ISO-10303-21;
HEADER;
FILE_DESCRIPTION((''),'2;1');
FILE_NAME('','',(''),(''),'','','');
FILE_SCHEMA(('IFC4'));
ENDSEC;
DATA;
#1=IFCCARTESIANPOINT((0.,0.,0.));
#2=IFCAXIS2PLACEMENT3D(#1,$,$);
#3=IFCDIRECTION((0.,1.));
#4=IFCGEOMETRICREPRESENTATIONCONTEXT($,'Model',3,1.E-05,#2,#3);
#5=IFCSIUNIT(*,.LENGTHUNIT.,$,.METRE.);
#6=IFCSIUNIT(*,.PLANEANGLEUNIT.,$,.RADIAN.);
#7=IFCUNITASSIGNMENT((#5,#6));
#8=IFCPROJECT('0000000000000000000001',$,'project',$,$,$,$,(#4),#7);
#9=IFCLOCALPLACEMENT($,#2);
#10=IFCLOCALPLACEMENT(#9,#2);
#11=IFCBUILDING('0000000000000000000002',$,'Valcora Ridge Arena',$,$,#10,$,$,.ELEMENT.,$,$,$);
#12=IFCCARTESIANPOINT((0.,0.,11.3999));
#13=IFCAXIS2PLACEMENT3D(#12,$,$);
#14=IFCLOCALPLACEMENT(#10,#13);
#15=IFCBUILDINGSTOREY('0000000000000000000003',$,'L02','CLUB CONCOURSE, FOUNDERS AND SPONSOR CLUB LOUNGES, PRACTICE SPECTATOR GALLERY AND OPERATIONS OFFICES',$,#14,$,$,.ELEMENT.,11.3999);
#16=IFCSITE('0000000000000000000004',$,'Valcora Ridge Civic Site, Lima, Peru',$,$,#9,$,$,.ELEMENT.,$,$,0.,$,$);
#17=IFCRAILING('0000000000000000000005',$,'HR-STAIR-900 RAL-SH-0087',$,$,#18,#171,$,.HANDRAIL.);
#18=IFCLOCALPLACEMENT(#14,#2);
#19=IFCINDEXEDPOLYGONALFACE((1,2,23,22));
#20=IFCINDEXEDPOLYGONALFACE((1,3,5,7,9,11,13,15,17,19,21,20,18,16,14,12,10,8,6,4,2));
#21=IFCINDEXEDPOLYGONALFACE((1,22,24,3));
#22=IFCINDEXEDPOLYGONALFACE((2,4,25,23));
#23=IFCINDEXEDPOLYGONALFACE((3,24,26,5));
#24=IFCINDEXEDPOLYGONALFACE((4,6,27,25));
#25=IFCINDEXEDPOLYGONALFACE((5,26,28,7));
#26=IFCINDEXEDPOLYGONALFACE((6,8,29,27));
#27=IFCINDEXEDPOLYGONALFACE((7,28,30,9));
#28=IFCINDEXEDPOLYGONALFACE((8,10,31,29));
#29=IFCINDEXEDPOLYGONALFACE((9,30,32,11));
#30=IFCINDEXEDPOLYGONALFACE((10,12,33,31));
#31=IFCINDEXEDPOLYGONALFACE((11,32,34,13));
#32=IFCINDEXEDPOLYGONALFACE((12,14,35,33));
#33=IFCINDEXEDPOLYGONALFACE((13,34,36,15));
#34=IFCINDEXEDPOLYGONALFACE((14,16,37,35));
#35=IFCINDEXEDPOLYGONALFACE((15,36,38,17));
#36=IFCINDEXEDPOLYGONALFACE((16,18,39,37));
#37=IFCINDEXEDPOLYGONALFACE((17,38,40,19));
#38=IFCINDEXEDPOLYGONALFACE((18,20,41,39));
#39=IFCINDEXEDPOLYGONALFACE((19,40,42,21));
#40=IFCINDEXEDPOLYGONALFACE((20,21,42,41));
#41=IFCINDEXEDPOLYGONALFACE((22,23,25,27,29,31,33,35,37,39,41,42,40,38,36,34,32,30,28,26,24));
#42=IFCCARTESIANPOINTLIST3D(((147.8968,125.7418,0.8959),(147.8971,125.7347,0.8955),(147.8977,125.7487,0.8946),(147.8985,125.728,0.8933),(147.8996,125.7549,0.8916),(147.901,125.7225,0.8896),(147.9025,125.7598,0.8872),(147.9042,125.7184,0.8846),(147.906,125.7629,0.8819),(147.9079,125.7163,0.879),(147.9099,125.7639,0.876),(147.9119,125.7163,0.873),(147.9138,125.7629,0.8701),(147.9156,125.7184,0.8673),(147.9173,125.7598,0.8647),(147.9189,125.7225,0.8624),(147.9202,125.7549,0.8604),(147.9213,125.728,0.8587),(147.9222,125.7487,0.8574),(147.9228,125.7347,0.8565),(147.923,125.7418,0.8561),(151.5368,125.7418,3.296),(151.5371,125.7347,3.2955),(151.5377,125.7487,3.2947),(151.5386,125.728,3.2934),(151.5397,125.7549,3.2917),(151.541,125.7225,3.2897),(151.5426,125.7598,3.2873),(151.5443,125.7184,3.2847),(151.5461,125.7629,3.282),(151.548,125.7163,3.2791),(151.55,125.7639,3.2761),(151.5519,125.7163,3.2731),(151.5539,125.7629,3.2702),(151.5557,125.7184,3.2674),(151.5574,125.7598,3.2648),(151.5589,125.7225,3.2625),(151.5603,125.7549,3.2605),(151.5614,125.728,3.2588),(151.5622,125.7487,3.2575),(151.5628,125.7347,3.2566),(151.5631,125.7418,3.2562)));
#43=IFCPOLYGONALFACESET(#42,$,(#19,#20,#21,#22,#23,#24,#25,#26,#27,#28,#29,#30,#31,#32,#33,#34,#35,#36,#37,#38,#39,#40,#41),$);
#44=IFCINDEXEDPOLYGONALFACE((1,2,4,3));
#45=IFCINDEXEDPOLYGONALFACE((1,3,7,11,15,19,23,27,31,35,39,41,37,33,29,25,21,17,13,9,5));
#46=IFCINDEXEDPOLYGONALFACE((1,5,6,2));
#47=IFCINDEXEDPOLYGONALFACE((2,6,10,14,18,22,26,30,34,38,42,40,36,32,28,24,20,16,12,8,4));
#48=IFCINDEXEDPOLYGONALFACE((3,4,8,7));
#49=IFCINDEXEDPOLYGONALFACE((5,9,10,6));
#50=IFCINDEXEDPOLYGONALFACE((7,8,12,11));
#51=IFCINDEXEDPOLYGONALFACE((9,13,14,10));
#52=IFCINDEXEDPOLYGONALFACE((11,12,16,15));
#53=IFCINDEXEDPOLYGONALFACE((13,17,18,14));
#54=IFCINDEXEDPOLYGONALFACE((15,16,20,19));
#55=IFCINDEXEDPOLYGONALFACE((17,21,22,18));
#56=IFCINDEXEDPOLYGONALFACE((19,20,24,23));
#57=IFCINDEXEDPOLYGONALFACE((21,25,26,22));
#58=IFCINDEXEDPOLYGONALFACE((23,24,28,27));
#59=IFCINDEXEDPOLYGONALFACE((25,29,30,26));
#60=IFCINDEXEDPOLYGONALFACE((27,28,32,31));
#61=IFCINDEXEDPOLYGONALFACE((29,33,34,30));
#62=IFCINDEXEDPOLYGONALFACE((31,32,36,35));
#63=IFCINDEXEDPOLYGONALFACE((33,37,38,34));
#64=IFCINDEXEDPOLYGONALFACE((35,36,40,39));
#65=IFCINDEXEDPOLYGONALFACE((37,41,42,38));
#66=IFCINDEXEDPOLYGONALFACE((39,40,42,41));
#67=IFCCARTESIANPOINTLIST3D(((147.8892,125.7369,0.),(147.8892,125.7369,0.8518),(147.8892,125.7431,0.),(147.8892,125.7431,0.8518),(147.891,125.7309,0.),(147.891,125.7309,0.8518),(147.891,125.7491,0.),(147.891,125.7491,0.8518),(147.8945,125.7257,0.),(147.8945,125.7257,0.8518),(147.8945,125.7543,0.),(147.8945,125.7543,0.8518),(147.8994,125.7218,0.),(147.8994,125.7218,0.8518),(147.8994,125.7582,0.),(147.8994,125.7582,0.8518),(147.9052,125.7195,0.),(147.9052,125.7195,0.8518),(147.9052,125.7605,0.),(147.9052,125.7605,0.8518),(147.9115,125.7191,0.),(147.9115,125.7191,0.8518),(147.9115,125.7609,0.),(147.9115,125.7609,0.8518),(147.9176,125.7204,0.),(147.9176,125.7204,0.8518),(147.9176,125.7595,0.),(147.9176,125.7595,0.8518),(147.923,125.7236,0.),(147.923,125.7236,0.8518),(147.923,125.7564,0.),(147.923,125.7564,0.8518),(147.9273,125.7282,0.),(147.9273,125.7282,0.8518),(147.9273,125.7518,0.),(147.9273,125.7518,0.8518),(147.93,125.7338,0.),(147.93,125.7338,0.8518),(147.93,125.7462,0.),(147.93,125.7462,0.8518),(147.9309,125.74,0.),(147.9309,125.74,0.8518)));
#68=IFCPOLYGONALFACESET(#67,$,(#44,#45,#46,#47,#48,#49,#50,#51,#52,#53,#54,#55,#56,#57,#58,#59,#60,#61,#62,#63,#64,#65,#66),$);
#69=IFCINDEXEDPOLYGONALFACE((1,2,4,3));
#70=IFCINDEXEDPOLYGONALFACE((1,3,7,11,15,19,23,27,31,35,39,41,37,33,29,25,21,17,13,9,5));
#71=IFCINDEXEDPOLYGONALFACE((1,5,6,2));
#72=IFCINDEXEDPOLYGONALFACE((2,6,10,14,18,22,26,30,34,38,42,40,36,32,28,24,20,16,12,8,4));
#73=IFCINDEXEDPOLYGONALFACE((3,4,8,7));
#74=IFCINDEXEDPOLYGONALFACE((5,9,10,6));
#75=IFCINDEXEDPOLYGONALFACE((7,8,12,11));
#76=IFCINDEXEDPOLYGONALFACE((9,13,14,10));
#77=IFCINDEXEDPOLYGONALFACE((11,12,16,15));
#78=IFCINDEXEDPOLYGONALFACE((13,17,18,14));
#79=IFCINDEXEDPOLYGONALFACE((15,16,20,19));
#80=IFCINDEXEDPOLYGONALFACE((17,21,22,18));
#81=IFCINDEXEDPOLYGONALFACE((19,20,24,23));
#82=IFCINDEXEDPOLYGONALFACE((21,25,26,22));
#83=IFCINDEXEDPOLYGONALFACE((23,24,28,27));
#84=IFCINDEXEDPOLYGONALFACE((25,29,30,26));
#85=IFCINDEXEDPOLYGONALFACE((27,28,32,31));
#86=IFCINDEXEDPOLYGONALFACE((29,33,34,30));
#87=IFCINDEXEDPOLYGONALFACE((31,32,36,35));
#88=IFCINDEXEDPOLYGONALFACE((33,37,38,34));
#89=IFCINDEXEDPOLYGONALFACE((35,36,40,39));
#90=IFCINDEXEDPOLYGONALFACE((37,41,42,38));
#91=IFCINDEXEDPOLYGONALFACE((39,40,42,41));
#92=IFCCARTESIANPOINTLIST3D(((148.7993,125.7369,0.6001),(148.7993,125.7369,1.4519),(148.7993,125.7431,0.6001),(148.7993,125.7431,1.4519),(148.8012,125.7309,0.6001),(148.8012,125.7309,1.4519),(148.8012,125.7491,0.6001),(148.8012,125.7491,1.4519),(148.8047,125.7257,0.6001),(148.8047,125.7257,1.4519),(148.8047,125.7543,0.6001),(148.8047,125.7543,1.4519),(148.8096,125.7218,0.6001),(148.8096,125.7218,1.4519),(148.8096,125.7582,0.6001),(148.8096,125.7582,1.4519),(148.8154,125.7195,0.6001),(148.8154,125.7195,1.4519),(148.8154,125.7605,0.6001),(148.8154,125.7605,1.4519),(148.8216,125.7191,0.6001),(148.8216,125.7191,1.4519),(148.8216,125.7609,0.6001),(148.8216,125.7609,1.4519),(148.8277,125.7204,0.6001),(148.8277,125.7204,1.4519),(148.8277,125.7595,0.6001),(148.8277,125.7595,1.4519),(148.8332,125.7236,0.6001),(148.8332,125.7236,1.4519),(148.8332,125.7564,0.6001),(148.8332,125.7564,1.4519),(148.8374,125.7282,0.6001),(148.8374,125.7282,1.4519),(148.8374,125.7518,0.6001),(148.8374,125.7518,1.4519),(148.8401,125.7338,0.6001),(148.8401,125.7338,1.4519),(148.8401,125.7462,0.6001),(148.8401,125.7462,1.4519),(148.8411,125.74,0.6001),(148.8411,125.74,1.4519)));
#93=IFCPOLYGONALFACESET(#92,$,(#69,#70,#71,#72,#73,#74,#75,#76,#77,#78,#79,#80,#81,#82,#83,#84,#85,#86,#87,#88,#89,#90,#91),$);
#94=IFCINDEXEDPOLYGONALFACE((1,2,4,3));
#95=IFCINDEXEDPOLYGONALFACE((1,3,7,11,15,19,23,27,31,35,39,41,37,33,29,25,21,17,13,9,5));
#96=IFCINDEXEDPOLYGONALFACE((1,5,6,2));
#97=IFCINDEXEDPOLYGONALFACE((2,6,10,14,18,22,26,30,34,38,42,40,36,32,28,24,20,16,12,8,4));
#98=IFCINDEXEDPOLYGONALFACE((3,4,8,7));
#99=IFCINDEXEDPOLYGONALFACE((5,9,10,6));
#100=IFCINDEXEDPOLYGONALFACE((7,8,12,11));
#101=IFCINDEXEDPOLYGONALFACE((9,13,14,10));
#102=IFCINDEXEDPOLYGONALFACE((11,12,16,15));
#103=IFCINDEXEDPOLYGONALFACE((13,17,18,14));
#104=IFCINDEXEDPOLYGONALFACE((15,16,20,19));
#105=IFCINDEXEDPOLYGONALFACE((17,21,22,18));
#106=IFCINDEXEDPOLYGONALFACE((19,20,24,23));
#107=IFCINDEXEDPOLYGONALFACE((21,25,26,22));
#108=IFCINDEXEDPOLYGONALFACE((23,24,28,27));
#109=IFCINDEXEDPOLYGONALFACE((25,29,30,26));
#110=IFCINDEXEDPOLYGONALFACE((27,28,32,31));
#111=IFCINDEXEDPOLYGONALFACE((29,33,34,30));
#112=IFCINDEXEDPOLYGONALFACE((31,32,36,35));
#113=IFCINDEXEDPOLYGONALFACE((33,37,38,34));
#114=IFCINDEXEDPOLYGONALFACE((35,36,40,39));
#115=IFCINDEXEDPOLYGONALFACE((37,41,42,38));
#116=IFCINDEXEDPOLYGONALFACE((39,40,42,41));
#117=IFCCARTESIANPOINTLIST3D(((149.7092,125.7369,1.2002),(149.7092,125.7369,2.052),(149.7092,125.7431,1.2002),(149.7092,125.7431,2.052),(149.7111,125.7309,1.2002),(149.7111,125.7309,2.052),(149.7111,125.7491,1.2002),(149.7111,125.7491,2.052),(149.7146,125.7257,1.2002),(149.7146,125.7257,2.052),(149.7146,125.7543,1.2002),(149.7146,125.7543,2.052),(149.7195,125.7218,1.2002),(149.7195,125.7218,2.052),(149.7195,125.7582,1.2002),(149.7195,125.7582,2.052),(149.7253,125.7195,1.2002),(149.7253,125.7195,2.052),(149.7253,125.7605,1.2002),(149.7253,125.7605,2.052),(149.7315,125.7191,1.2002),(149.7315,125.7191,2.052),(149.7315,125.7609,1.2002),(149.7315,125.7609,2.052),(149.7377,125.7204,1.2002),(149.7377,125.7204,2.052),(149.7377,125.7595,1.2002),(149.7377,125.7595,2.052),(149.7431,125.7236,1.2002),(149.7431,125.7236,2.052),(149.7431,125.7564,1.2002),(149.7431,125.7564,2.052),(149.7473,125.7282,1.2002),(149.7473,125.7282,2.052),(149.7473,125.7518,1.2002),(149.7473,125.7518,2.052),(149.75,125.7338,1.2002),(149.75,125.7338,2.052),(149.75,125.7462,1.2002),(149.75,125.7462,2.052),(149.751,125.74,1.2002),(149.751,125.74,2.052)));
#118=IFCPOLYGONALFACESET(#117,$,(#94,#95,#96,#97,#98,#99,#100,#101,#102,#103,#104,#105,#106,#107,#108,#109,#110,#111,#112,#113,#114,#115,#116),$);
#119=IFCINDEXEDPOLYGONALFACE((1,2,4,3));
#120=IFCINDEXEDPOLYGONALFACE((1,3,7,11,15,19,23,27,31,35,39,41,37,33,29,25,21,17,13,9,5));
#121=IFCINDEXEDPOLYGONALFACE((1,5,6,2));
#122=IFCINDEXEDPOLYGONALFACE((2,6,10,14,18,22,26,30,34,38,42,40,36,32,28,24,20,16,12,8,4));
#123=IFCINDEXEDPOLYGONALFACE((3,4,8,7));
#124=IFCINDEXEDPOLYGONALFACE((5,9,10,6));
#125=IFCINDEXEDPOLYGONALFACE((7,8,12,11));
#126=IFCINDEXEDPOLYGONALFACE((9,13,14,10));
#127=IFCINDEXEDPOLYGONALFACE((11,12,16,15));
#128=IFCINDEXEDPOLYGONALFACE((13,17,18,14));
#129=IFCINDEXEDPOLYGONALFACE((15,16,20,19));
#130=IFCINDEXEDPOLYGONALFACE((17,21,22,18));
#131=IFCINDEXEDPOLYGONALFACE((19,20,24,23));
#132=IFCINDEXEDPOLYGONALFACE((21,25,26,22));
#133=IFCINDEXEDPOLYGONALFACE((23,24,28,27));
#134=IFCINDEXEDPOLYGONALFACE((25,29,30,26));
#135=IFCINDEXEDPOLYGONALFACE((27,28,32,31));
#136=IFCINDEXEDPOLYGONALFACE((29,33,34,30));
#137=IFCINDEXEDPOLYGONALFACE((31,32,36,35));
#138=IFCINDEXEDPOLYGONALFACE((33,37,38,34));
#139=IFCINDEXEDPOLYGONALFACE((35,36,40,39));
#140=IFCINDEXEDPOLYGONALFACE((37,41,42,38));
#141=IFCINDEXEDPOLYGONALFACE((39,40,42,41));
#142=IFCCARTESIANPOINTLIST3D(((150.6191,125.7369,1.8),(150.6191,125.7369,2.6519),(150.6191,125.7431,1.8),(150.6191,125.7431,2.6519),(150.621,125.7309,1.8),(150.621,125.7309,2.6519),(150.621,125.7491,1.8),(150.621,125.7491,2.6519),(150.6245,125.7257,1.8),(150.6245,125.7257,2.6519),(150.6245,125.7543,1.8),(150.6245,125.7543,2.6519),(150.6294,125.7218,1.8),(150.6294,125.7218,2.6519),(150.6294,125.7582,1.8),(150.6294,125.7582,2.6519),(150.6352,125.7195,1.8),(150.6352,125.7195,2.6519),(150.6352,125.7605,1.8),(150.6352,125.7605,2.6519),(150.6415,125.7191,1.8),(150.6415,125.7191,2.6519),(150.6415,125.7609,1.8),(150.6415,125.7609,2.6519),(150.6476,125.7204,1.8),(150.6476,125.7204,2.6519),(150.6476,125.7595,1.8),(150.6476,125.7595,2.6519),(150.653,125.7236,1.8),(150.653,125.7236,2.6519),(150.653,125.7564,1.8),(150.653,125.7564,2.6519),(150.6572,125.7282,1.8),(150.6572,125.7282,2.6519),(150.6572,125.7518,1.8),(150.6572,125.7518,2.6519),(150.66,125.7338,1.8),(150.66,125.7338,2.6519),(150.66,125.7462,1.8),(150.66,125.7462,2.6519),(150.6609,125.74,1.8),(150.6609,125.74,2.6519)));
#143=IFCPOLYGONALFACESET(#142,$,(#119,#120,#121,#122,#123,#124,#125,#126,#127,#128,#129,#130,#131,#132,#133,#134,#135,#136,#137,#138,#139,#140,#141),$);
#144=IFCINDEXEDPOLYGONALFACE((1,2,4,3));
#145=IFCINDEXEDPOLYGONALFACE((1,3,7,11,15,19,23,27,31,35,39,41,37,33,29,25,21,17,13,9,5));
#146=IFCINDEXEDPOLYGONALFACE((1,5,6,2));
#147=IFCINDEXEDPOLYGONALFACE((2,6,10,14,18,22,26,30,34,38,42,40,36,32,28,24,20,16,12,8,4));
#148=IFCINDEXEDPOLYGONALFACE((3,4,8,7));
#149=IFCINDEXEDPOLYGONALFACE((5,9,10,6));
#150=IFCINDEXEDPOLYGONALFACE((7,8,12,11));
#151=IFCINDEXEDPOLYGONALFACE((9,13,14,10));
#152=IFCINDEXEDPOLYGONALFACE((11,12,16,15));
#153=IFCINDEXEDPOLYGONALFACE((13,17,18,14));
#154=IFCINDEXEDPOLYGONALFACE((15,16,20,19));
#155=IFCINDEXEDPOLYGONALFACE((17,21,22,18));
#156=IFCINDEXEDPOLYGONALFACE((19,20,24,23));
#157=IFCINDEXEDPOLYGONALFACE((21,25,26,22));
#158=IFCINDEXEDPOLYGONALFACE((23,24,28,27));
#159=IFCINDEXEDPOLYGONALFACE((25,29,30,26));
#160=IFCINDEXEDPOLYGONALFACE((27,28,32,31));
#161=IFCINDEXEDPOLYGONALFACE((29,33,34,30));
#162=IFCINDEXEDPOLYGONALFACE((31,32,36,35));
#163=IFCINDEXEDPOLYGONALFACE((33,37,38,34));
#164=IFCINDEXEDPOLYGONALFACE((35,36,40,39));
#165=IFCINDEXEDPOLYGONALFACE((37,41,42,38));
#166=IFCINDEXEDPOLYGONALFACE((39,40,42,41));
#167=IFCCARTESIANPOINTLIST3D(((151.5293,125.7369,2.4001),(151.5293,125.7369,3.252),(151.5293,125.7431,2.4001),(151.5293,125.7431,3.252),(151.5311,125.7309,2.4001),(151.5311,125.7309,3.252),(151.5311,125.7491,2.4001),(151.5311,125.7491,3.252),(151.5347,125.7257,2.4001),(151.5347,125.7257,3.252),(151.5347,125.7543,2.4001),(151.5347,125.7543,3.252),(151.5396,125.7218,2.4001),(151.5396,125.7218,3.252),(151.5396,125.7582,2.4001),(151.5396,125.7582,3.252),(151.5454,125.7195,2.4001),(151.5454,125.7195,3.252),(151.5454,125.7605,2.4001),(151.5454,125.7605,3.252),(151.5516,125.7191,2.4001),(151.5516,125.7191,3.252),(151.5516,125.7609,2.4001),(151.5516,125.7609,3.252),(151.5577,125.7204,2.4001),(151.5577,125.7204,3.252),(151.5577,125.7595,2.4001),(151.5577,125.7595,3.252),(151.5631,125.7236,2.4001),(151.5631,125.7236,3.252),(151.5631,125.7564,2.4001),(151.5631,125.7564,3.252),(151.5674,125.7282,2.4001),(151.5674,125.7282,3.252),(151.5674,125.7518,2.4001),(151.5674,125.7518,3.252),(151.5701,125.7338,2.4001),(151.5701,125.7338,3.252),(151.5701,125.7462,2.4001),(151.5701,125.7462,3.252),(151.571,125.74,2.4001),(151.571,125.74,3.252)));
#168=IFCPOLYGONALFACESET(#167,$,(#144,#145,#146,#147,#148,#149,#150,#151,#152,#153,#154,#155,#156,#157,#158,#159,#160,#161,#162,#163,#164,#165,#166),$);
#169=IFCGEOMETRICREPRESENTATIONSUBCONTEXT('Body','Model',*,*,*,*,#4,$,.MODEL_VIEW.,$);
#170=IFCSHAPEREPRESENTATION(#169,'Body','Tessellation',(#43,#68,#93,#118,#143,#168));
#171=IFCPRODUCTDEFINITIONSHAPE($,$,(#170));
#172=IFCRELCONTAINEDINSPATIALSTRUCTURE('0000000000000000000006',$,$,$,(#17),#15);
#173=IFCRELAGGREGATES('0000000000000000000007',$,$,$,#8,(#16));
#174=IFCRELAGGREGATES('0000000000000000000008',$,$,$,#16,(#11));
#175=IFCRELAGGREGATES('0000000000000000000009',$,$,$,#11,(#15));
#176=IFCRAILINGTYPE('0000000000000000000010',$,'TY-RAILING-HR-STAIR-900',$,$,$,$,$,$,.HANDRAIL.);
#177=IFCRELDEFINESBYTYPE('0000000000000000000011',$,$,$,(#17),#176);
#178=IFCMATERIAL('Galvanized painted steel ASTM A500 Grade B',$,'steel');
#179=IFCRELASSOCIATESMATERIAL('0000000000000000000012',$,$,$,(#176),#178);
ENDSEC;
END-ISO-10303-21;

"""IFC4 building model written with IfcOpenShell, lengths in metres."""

from ifc_helpers import new_model, si_unit, direction, frame, origin, origin_2d, place, context, subcontext, project, spatial, circle, extrude, material, type_object, element, save


model = new_model("IFC4")

# Units and contexts
model_context = context("Model", 3, precision=1e-05, world=origin(), true_north=direction((0.0, 1.0)))
body_context = subcontext(model_context, "Body", "Model", "MODEL_VIEW")
ifc_project = project(units=[si_unit("LENGTHUNIT", "METRE"), si_unit("PLANEANGLEUNIT", "RADIAN")], contexts=[model_context])

# Site, building, storey
site_placement = place(None, origin())
site = spatial("IfcSite", under=ifc_project, at=site_placement, Name="Valcora Ridge Civic Site, Lima, Peru", CompositionType="ELEMENT", RefElevation=0.0)
building_placement = place(site_placement, origin())
building = spatial("IfcBuilding", under=site, at=building_placement, Name="Valcora Ridge Arena", CompositionType="ELEMENT")
storey_placement = place(building_placement, frame((0.0, 0.0, 11.3999)))
storey = spatial("IfcBuildingStorey", under=building, at=storey_placement, Name="L02", Description="CLUB CONCOURSE, FOUNDERS AND SPONSOR CLUB LOUNGES, PRACTICE SPECTATOR GALLERY AND OPERATIONS OFFICES", CompositionType="ELEMENT", Elevation=11.3999)

# Railing
ifc_material_1 = material(Name="Galvanized painted steel ASTM A500 Grade B", Category="steel")
railing_type_1 = type_object("IfcRailingType", Name="TY-RAILING-HR-STAIR-900", PredefinedType="HANDRAIL", material=ifc_material_1)
railing_1_placement = place(storey_placement, frame((147.9099, 125.74, 0.0)))
element("IfcRailing", 1, at=railing_1_placement, inside=storey, type_object=railing_type_1, Name="HR-STAIR-900 RAL-SH-0087", PredefinedType="HANDRAIL", context=body_context, shape_type="SweptSolid", body=[
    extrude(circle(Radius=0.0239, at=origin_2d()), frame((0.0, 0.0, 0.876), z_axis=(0.834856, 0.0, 0.550468), x_axis=(0.0, 1.0, 0.0)), (0.0, 0.0, 1.0), 4.3601),
    extrude(circle(Radius=0.021, at=origin_2d()), origin(), (0.0, 0.0, 1.0), 0.8518),
    extrude(circle(Radius=0.021, at=origin_2d()), frame((0.9102, 0.0, 0.6001)), (0.0, 0.0, 1.0), 0.8518),
    extrude(circle(Radius=0.021, at=origin_2d()), frame((1.8201, 0.0, 1.2002)), (0.0, 0.0, 1.0), 0.8518),
    extrude(circle(Radius=0.021, at=origin_2d()), frame((2.73, 0.0, 1.8)), (0.0, 0.0, 1.0), 0.8518),
    extrude(circle(Radius=0.021, at=origin_2d()), frame((3.6401, 0.0, 2.4001)), (0.0, 0.0, 1.0), 0.8518),
])

save(model, "model.ifc")
